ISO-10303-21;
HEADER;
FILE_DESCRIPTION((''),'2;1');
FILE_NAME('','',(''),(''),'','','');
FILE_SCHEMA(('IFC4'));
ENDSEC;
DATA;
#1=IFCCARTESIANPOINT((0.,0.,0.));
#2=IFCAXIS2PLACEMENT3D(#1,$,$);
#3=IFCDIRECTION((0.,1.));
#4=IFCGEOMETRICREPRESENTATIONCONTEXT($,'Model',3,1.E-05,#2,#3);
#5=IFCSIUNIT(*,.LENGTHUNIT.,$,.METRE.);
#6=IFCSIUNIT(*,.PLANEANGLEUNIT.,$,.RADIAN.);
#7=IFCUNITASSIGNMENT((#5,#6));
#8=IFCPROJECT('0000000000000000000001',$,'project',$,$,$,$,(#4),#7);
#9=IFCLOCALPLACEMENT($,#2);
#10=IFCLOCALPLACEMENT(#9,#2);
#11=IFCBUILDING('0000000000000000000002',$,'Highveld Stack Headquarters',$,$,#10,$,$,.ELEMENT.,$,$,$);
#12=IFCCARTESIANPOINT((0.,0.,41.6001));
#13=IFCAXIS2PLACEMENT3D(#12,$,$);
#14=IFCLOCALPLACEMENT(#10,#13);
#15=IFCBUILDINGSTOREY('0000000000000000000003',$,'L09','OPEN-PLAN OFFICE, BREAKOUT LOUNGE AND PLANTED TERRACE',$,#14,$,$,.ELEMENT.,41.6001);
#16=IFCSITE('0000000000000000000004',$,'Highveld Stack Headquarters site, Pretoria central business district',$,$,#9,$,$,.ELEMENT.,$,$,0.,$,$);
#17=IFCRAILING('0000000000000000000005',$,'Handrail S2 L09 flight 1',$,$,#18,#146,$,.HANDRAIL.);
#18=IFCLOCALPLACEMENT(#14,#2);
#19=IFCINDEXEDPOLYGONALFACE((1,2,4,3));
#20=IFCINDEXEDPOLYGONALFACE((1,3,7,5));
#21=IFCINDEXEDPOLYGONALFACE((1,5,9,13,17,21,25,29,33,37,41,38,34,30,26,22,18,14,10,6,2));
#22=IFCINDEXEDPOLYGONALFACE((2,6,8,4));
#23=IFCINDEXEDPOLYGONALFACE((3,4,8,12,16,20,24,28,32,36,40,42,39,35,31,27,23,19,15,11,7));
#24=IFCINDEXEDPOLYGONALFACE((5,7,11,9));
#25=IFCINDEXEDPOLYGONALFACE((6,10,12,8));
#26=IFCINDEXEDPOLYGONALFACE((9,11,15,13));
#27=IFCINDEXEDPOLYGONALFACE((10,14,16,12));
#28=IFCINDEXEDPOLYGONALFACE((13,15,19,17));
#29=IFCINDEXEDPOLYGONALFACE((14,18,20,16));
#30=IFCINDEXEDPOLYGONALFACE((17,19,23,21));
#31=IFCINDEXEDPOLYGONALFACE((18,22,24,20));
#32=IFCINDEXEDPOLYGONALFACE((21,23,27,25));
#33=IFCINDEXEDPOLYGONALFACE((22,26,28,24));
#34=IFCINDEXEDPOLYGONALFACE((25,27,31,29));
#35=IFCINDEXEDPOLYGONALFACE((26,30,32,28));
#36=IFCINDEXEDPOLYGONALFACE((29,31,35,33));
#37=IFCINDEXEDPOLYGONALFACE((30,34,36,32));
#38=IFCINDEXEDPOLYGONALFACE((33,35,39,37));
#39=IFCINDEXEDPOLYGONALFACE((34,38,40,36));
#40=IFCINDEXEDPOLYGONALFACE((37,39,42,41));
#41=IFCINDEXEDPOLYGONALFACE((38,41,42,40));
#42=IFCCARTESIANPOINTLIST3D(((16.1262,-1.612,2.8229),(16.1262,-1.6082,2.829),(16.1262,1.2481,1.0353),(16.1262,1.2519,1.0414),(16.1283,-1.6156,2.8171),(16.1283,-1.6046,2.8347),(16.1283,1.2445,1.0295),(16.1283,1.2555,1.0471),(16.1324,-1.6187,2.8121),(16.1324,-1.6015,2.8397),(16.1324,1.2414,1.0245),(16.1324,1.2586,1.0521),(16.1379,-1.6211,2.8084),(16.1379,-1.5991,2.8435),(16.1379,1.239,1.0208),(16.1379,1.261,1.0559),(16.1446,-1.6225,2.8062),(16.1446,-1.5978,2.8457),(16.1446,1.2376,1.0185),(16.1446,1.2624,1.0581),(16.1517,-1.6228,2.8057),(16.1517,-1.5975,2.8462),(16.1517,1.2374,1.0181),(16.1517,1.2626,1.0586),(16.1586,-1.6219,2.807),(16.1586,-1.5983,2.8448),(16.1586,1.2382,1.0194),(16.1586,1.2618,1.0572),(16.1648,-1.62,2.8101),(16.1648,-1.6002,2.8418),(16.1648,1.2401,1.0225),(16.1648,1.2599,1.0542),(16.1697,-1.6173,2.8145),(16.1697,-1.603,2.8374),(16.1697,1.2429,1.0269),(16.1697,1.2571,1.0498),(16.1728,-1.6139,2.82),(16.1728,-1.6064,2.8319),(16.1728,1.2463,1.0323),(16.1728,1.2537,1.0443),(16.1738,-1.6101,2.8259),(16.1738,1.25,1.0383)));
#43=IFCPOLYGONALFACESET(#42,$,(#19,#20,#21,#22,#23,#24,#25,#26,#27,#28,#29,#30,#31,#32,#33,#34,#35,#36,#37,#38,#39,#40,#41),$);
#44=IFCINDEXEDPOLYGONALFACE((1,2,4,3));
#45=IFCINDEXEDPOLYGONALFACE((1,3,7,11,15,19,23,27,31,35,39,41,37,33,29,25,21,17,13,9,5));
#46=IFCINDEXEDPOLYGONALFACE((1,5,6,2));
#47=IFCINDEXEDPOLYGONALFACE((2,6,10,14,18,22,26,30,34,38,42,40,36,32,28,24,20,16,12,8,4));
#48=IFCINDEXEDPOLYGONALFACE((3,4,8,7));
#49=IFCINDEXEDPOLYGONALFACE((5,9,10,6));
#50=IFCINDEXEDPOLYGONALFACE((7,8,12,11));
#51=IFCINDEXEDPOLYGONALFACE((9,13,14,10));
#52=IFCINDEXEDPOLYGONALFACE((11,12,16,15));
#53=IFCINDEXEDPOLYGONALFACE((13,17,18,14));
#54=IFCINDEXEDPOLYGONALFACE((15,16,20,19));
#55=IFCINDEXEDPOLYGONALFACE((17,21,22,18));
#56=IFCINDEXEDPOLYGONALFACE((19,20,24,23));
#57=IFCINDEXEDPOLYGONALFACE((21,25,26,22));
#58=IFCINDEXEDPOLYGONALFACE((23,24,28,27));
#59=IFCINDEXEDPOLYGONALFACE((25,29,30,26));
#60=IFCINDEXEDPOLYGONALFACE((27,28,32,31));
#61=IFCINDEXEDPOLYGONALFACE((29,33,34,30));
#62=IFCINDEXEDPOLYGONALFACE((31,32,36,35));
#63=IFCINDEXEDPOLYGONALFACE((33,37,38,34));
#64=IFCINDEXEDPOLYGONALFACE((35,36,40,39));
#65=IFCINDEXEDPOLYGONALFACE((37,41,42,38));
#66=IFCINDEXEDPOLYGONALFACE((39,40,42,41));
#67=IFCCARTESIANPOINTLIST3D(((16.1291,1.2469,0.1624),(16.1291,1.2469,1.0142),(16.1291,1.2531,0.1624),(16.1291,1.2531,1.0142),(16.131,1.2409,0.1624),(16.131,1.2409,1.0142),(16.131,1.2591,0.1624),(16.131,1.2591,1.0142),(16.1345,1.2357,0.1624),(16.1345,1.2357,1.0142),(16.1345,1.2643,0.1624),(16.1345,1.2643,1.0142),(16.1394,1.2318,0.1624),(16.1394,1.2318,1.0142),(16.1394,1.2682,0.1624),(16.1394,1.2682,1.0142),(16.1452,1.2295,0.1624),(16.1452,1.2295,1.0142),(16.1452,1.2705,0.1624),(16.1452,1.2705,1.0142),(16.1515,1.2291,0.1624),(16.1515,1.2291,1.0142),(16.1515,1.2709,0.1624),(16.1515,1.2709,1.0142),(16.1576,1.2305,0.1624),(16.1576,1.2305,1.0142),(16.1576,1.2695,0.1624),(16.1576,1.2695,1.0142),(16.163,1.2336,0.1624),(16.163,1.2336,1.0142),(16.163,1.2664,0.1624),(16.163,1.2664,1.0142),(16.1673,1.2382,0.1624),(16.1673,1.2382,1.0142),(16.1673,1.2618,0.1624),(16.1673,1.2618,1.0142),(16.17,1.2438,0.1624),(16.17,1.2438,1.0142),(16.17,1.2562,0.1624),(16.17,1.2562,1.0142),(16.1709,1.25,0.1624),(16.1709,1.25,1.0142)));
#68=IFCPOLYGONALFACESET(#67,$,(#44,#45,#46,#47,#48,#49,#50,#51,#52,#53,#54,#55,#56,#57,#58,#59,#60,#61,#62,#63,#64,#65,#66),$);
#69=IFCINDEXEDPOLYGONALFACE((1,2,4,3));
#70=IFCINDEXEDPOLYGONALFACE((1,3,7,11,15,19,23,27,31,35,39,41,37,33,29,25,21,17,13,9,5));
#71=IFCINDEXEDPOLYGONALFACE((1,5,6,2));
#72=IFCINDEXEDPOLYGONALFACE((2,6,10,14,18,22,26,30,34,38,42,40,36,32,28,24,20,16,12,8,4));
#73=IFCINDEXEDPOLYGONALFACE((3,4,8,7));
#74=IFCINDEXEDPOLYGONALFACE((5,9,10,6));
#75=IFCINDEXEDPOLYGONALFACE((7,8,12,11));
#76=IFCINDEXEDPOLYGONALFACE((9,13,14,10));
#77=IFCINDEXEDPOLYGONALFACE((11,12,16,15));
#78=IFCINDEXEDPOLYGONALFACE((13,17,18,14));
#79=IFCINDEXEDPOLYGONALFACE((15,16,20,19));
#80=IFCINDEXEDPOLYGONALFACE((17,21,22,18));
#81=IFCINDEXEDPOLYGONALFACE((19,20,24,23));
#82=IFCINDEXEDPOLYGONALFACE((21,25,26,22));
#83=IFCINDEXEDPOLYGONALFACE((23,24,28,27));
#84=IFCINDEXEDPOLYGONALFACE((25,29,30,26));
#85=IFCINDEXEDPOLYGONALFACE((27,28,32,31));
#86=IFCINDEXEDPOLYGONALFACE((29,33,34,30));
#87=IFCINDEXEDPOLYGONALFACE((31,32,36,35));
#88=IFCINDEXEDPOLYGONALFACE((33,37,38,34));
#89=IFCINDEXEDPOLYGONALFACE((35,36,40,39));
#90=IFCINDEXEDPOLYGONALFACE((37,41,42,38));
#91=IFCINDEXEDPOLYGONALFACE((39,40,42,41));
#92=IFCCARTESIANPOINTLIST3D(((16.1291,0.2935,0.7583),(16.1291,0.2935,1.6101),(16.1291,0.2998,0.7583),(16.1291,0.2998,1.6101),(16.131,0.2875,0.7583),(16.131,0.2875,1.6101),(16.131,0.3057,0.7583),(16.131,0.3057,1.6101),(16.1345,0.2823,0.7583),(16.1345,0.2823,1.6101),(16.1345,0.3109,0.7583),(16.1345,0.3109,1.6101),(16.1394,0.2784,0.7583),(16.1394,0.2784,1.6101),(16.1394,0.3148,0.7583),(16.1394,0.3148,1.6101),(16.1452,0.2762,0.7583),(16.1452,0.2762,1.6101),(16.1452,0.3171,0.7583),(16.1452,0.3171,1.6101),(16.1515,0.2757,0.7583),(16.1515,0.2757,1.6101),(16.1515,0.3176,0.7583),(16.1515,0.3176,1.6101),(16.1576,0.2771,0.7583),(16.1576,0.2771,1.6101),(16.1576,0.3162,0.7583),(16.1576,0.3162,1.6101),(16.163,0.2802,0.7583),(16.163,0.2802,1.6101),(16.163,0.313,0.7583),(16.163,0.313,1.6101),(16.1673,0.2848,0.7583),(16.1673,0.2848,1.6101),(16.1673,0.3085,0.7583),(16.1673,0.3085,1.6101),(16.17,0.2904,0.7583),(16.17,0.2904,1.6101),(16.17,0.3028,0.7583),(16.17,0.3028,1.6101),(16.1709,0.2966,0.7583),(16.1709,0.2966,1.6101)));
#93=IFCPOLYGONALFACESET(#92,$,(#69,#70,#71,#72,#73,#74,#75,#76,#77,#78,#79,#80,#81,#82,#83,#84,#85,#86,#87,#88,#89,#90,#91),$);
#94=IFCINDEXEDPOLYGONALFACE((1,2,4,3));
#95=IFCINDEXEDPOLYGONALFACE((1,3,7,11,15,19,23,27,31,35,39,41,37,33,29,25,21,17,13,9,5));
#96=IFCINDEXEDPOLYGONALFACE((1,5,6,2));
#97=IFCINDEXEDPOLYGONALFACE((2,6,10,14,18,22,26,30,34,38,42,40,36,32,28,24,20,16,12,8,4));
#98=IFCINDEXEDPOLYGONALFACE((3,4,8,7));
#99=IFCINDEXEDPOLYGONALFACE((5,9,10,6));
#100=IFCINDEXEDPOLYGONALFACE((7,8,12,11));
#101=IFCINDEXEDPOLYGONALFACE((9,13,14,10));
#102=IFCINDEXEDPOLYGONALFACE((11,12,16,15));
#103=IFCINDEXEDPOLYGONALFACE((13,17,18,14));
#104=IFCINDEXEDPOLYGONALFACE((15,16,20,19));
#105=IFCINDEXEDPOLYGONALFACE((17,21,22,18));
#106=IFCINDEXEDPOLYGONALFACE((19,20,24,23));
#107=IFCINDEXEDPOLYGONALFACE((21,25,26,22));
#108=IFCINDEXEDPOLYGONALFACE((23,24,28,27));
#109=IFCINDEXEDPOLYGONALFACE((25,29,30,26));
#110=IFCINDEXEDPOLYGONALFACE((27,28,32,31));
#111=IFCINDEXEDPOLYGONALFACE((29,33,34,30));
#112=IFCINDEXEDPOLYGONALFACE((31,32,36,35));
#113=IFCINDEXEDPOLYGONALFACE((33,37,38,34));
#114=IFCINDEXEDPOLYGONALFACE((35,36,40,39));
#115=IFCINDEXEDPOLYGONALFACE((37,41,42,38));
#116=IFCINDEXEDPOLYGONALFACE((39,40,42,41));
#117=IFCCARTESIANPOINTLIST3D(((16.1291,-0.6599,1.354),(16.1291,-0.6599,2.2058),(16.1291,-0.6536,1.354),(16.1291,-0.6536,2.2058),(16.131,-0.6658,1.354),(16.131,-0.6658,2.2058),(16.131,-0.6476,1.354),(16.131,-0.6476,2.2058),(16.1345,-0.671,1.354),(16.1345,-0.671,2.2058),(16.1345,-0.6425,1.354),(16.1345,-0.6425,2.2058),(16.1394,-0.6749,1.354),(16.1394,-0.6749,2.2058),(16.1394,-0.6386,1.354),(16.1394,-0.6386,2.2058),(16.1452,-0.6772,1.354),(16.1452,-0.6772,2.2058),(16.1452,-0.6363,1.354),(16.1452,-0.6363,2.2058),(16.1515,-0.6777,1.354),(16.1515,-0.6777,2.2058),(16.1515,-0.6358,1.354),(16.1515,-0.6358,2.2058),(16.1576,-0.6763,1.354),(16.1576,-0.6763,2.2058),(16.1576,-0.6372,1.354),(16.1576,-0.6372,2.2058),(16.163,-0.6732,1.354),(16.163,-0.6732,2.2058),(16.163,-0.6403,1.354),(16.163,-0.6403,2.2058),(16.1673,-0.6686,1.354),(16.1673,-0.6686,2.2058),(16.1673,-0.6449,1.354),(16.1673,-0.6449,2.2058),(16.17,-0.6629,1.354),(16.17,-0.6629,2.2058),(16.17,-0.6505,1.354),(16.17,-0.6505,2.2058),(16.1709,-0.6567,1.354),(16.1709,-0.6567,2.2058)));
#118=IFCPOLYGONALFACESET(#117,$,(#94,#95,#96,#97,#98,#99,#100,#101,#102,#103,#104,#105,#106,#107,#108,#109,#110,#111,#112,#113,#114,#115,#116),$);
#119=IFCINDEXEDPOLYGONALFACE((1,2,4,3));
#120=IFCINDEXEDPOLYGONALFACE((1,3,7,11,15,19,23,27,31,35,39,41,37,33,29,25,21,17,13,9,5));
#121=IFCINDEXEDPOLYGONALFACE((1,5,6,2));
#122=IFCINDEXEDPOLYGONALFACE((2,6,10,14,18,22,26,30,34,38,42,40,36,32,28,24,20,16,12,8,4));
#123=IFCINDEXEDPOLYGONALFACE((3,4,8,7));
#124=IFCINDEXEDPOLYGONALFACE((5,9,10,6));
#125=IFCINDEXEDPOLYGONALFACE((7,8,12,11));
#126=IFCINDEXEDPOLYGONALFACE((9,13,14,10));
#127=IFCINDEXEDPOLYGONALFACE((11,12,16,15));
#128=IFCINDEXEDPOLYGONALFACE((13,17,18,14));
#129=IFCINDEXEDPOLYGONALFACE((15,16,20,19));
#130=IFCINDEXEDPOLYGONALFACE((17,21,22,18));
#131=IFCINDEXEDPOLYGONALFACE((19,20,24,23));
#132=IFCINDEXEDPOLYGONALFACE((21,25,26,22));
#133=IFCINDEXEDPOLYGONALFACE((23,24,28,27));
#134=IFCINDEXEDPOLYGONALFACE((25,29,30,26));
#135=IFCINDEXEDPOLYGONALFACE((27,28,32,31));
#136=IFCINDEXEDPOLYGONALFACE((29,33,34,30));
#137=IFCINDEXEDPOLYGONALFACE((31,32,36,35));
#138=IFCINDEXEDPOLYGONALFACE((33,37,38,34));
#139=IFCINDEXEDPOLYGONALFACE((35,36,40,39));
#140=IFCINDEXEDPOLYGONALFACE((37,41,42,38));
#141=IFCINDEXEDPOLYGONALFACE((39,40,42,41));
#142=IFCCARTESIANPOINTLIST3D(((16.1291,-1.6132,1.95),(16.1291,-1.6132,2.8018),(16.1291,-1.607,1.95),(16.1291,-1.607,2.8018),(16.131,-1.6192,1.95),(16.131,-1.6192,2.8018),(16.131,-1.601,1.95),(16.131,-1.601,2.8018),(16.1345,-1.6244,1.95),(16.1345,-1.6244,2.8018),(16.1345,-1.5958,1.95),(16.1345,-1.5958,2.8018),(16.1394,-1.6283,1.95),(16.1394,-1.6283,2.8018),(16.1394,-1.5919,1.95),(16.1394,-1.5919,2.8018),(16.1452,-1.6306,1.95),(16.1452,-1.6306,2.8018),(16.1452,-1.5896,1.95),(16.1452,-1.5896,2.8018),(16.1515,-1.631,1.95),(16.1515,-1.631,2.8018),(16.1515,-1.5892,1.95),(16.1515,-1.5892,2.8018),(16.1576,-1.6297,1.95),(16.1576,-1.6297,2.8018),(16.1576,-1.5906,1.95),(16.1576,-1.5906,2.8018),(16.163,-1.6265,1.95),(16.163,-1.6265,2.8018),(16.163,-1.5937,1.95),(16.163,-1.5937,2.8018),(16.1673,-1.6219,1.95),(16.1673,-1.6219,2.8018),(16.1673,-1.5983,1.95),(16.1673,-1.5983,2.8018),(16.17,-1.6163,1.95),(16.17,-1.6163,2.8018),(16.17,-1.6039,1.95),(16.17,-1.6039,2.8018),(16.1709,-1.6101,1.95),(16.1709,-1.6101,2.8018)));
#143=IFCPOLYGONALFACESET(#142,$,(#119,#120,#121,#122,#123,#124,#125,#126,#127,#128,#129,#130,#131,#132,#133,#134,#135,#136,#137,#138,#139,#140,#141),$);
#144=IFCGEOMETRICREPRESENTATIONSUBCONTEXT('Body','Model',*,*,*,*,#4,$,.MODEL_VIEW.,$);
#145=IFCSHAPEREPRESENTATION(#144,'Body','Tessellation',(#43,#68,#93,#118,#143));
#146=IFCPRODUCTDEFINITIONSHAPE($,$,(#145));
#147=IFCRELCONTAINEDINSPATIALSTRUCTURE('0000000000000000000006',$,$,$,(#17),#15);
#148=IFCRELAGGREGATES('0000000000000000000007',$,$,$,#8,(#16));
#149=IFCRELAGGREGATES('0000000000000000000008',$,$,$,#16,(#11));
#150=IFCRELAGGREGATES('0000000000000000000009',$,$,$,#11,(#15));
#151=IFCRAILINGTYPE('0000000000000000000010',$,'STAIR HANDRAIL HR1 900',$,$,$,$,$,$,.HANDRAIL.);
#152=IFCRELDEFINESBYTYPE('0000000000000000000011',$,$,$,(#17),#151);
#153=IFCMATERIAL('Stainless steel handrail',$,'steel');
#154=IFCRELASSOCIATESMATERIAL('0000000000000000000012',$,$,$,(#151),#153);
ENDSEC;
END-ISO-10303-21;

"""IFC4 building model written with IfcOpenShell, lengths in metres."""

from ifc_helpers import new_model, si_unit, direction, frame, origin, origin_2d, place, context, subcontext, project, spatial, circle, extrude, material, type_object, element, save


model = new_model("IFC4")

# Units and contexts
model_context = context("Model", 3, precision=1e-05, world=origin(), true_north=direction((0.0, 1.0)))
body_context = subcontext(model_context, "Body", "Model", "MODEL_VIEW")
ifc_project = project(units=[si_unit("LENGTHUNIT", "METRE"), si_unit("PLANEANGLEUNIT", "RADIAN")], contexts=[model_context])

# Site, building, storey
site_placement = place(None, origin())
site = spatial("IfcSite", under=ifc_project, at=site_placement, Name="Highveld Stack Headquarters site, Pretoria central business district", CompositionType="ELEMENT", RefElevation=0.0)
building_placement = place(site_placement, origin())
building = spatial("IfcBuilding", under=site, at=building_placement, Name="Highveld Stack Headquarters", CompositionType="ELEMENT")
storey_placement = place(building_placement, frame((0.0, 0.0, 41.6001)))
storey = spatial("IfcBuildingStorey", under=building, at=storey_placement, Name="L09", Description="OPEN-PLAN OFFICE, BREAKOUT LOUNGE AND PLANTED TERRACE", CompositionType="ELEMENT", Elevation=41.6001)

# Railing
ifc_material_1 = material(Name="Stainless steel handrail", Category="steel")
railing_type = type_object("IfcRailingType", Name="STAIR HANDRAIL HR1 900", PredefinedType="HANDRAIL", material=ifc_material_1)
for number, where, name in (
    (1, (16.1499, 1.25, 0.1624), "Handrail S2 L09 flight 1"),
):
    element("IfcRailing", number, at=place(storey_placement, frame(where)), inside=storey, type_object=railing_type, Name=name, PredefinedType="HANDRAIL", context=body_context, shape_type="SweptSolid", body=[
        extrude(circle(Radius=0.0239, at=origin_2d()), frame((0.0, 0.0, 0.876), z_axis=(0.0, -0.847994, 0.530005), x_axis=(1.0, 0.0, 0.0)), (0.0, 0.0, 1.0), 3.3728),
        extrude(circle(Radius=0.021, at=origin_2d()), origin(), (0.0, 0.0, 1.0), 0.8518),
        extrude(circle(Radius=0.021, at=origin_2d()), frame((0.0, -0.9534, 0.5959)), (0.0, 0.0, 1.0), 0.8518),
        extrude(circle(Radius=0.021, at=origin_2d()), frame((0.0, -1.9067, 1.1917)), (0.0, 0.0, 1.0), 0.8518),
        extrude(circle(Radius=0.021, at=origin_2d()), frame((0.0, -2.8601, 1.7876)), (0.0, 0.0, 1.0), 0.8518),
    ])

save(model, "model.ifc")
